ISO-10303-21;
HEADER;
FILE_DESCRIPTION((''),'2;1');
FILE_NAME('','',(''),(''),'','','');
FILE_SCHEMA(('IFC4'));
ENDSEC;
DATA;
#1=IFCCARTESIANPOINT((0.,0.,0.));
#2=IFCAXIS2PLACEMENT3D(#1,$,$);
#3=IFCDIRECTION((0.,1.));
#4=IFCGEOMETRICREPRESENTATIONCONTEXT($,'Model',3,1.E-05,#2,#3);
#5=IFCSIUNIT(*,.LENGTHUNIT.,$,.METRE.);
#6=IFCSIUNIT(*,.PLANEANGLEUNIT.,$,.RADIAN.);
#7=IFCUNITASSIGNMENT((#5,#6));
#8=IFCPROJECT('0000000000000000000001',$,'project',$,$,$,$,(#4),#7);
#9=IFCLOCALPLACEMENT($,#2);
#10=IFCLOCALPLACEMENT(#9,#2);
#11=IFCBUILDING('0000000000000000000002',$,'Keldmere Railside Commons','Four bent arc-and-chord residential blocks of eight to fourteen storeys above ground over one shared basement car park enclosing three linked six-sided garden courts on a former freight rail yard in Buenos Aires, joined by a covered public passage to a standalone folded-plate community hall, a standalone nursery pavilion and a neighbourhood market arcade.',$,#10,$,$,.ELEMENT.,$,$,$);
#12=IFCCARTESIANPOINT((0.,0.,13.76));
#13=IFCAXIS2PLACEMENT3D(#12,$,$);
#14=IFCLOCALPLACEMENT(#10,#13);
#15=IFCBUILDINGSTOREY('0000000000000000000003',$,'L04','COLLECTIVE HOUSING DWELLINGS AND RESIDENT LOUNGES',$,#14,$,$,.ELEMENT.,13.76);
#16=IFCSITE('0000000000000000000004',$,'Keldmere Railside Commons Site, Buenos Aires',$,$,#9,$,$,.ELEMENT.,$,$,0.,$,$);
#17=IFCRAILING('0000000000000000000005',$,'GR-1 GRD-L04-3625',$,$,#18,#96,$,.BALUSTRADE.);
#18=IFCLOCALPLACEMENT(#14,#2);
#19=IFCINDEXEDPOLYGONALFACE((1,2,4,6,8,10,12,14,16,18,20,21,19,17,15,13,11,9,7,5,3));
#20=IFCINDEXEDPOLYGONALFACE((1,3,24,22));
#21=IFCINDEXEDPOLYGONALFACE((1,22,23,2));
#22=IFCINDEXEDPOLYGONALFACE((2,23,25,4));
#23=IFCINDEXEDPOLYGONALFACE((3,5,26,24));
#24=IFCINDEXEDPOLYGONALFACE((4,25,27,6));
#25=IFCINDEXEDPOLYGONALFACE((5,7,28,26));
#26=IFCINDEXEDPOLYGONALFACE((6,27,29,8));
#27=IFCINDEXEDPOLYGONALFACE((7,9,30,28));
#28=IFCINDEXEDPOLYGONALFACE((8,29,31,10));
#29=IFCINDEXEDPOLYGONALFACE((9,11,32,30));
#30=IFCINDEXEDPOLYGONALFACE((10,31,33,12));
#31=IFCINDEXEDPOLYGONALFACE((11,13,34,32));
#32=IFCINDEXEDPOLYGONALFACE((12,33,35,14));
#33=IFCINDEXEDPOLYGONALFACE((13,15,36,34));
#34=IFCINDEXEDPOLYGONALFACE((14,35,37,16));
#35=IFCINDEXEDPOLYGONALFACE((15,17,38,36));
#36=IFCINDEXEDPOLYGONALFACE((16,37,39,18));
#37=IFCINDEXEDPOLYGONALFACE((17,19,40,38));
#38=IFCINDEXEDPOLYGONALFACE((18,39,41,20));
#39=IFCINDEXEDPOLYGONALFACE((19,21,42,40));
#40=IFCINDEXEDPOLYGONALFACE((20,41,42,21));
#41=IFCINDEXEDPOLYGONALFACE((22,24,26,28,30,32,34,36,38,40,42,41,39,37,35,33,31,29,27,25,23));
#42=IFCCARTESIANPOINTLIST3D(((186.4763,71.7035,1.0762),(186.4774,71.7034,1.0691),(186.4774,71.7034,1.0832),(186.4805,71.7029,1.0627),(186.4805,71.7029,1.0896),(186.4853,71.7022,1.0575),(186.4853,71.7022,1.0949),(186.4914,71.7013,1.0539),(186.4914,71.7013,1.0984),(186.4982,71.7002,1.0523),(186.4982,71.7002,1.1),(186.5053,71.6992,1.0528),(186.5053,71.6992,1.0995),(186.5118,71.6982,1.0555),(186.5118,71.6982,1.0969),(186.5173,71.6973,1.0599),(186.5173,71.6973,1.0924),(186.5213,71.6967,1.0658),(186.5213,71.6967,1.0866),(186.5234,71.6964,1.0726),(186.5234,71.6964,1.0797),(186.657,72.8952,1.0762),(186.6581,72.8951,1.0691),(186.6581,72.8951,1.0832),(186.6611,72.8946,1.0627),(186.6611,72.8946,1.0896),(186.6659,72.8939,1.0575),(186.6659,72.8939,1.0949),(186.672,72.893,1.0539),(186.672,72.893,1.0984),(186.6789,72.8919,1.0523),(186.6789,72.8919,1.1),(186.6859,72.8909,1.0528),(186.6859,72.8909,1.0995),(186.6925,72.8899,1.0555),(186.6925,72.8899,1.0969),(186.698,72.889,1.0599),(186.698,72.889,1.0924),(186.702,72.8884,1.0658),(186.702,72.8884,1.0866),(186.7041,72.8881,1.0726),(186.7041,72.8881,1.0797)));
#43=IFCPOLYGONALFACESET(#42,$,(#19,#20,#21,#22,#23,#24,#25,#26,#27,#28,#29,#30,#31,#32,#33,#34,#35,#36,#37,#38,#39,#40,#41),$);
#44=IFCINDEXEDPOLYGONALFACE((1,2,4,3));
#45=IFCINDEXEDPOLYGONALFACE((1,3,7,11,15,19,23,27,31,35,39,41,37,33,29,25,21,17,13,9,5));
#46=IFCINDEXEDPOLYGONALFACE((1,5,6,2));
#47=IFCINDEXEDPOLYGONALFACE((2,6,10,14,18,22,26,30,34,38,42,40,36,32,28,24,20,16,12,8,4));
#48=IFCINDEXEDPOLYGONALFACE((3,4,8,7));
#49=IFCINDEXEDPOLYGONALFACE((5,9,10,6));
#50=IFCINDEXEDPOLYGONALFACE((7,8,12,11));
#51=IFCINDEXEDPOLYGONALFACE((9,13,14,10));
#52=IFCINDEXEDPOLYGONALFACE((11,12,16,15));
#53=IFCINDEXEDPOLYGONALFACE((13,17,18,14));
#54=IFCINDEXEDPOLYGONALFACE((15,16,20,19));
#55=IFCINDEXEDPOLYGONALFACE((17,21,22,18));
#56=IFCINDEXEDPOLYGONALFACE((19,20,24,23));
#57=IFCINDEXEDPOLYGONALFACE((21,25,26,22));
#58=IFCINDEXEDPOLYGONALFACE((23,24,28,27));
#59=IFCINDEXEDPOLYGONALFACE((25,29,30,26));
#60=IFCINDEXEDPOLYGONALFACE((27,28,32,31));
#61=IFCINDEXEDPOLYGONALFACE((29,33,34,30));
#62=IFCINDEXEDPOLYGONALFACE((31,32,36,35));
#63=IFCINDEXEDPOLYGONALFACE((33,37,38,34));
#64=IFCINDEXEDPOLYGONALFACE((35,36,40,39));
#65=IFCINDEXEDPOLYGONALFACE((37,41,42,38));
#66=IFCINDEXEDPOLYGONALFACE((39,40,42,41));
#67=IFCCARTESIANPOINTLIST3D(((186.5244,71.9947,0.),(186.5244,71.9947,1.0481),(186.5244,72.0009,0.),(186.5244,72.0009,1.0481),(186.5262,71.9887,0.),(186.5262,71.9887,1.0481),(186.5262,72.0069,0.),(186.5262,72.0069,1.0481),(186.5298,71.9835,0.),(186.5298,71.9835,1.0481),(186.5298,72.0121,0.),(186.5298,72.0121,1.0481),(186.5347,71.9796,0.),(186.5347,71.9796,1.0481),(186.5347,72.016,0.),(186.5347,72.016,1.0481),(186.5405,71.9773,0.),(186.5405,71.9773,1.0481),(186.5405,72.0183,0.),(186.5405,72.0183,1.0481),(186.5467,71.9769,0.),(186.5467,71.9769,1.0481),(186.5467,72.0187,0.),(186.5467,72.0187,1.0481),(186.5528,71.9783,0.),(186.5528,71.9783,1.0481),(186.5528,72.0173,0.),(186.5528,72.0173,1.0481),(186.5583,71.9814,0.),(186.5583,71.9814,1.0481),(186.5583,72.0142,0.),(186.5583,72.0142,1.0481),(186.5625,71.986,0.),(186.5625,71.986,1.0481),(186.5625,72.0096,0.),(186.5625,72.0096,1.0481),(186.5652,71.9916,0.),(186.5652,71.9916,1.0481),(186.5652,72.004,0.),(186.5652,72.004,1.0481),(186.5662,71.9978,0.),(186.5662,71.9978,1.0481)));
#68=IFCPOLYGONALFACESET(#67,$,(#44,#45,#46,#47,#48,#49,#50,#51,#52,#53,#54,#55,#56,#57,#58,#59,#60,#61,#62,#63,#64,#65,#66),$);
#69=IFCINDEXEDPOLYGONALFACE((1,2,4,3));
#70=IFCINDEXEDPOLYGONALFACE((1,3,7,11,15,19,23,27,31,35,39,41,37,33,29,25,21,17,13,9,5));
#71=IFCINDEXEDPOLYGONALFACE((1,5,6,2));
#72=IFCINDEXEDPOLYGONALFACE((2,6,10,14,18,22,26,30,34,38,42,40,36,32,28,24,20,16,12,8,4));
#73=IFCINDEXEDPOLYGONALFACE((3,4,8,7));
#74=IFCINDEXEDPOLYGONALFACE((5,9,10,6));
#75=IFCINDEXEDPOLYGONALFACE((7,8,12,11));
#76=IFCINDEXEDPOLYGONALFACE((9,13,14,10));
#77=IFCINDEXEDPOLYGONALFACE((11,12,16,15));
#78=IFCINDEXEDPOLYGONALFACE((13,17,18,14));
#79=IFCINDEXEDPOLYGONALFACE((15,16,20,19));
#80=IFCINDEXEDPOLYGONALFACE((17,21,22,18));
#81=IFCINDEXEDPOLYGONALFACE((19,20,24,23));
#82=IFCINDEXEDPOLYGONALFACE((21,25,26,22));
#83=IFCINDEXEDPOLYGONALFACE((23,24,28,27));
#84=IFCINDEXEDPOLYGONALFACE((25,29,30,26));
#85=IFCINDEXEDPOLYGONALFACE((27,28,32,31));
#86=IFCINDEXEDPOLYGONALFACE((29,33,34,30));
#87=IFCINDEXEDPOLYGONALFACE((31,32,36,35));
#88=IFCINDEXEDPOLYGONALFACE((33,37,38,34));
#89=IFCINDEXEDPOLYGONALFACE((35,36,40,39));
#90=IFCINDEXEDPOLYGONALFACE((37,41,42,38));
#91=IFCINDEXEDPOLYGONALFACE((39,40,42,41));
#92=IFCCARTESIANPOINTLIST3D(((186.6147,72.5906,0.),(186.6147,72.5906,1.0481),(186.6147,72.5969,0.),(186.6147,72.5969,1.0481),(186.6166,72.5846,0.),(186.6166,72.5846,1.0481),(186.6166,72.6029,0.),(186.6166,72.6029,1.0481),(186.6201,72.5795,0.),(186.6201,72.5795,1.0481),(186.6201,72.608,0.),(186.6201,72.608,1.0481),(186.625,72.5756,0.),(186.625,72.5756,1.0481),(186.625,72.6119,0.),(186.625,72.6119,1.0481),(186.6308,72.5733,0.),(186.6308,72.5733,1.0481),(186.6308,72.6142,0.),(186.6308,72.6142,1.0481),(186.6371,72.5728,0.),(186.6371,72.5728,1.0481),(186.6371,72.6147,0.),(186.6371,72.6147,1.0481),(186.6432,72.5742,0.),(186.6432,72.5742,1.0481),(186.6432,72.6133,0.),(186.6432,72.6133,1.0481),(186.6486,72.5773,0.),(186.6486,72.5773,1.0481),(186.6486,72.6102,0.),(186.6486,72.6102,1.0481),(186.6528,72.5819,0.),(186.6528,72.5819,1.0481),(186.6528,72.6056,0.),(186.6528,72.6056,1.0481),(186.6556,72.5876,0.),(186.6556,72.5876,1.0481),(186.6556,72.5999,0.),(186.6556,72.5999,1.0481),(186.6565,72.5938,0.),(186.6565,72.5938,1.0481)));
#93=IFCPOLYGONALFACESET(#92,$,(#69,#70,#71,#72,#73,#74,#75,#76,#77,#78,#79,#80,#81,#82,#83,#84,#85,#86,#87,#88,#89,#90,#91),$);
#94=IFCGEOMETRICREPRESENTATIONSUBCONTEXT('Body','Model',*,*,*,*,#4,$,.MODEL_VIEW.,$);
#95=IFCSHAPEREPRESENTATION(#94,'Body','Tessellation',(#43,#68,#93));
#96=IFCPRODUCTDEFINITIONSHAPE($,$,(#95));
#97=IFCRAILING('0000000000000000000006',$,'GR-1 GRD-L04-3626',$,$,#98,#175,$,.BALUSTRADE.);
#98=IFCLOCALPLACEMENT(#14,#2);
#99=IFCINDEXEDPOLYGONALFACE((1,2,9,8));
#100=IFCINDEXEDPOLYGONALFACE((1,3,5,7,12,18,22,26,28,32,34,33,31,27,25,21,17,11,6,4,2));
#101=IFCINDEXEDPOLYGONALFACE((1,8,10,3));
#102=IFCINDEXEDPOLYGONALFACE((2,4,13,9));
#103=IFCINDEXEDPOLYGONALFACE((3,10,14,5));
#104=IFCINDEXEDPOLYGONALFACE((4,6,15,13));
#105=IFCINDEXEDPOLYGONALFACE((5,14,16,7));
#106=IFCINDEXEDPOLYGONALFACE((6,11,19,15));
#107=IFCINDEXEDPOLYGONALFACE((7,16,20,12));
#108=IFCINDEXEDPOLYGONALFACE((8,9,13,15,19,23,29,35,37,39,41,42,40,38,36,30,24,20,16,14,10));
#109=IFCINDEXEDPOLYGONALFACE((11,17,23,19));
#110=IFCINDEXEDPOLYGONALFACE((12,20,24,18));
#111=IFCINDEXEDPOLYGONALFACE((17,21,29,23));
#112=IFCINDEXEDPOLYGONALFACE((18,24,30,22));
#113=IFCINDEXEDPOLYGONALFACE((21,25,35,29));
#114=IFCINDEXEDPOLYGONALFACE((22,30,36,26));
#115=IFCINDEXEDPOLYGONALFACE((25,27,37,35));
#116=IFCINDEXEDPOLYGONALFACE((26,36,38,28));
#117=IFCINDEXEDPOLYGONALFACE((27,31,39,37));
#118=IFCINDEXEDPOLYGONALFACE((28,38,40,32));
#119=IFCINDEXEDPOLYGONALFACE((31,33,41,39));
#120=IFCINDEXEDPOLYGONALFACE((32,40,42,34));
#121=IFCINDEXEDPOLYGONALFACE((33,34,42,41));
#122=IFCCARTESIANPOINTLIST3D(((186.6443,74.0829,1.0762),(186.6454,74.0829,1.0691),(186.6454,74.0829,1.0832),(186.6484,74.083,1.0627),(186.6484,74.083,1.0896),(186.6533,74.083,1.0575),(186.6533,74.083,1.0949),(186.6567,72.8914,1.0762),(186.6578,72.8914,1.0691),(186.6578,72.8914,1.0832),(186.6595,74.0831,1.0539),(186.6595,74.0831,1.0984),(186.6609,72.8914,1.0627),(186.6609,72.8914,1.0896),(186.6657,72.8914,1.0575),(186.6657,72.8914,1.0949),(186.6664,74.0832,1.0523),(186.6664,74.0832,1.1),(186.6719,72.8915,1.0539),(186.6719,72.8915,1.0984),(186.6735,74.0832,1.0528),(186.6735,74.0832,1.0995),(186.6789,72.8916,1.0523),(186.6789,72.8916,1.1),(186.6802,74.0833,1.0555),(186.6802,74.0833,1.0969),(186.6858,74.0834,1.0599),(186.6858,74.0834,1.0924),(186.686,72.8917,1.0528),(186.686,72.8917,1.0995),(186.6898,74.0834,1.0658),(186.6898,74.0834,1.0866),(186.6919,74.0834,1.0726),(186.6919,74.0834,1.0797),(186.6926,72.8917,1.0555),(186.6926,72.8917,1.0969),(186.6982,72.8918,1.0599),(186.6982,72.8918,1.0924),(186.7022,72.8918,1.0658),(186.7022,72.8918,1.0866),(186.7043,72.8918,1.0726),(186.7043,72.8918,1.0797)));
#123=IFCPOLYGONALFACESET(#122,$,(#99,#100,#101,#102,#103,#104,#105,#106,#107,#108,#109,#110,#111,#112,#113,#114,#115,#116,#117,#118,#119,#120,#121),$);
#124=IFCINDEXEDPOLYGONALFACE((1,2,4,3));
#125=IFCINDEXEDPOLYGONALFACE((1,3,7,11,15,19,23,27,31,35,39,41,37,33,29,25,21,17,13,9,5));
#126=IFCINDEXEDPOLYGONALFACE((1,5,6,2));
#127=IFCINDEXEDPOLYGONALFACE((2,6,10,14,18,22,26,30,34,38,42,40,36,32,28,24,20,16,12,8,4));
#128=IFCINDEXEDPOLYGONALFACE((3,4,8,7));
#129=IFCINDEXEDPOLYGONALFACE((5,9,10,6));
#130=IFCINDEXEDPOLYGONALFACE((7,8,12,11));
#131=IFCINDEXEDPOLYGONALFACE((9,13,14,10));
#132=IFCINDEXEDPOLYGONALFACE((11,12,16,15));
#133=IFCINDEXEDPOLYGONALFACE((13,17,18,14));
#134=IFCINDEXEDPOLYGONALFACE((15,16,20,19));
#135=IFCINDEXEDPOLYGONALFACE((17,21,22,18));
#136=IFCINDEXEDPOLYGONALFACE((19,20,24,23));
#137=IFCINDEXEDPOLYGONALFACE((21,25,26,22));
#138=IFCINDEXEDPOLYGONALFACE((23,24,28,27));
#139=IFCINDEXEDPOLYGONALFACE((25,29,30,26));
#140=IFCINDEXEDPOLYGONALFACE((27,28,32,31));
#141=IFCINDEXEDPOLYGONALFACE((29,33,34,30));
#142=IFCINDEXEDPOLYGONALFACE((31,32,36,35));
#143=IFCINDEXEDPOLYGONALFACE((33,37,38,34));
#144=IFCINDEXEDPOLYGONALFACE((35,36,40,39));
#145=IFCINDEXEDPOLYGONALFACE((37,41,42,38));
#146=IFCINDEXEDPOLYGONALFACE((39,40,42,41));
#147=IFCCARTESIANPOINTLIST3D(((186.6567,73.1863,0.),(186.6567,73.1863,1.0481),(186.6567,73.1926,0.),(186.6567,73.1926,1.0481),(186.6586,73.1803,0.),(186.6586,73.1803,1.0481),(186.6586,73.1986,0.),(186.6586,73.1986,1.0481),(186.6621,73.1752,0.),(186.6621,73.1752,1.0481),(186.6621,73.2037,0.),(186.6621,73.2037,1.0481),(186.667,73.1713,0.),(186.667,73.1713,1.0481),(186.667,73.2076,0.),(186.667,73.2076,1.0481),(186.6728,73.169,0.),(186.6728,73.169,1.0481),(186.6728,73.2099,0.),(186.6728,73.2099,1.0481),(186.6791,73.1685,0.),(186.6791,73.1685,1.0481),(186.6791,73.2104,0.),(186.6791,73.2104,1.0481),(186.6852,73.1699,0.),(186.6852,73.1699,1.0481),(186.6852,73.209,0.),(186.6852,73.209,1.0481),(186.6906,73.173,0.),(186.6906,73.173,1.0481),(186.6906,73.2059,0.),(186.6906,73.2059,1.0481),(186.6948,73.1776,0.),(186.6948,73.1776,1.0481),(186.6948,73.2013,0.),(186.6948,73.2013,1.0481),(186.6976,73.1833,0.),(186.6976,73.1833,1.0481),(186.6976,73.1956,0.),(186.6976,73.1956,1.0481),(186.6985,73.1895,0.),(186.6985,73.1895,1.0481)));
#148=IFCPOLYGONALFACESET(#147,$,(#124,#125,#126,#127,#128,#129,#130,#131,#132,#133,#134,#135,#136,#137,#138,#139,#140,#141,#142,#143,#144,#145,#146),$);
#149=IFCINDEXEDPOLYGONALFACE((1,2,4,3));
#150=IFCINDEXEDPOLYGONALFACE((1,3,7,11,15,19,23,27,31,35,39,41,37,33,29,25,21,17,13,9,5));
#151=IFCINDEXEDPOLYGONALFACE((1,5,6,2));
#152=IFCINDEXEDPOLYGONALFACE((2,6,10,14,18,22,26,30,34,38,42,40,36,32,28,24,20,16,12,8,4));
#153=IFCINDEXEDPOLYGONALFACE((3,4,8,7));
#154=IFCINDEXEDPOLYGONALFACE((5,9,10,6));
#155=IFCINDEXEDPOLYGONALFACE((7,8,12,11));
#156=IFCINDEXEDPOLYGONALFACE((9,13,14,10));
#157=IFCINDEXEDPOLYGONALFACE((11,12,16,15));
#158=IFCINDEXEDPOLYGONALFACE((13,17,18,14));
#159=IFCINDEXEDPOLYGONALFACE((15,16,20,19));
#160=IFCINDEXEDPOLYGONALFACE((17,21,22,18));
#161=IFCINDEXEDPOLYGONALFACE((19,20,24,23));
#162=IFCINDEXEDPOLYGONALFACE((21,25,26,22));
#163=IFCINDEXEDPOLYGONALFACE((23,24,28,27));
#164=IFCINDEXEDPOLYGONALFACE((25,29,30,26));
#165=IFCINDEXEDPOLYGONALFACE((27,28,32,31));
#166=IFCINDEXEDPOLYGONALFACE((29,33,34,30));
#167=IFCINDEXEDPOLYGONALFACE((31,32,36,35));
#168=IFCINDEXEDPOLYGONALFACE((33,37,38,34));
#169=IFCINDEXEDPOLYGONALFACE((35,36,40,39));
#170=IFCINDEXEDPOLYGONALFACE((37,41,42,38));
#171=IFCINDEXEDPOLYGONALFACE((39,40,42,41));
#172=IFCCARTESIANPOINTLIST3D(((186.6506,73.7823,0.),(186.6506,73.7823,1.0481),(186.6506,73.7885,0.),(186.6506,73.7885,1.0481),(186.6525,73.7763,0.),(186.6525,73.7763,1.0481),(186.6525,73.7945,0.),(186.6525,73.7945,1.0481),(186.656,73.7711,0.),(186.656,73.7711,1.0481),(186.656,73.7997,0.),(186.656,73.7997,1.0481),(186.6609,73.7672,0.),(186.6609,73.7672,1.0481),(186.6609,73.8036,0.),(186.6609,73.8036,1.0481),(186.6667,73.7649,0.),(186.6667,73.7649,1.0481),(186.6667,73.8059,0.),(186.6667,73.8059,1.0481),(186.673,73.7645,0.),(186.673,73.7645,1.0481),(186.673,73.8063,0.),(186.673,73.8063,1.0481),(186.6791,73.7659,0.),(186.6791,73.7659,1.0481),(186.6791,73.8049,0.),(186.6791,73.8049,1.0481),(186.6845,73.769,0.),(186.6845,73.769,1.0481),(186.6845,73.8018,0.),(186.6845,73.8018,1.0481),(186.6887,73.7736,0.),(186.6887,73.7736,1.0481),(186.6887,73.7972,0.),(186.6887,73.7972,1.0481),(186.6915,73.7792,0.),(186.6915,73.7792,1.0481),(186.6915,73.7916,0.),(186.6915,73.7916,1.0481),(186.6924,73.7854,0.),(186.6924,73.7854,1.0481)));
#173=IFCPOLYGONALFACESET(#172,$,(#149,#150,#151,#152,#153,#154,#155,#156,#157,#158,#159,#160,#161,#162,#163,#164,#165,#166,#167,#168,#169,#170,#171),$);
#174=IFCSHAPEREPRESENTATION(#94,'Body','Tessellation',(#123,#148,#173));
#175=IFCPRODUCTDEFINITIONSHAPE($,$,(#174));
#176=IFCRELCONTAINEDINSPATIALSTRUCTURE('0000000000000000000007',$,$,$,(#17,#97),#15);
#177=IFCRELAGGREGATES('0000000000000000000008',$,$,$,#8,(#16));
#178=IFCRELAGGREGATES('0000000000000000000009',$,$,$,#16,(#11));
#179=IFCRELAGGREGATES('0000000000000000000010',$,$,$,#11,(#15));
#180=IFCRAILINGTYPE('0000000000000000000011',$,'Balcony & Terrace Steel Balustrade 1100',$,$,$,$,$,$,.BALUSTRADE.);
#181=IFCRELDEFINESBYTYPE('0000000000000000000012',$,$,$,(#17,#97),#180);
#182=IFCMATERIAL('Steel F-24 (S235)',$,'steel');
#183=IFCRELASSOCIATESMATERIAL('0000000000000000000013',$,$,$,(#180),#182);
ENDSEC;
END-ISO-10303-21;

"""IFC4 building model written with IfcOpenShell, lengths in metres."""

from ifc_helpers import new_model, si_unit, direction, frame, origin, origin_2d, place, context, subcontext, project, spatial, circle, extrude, material, type_object, element, save


model = new_model("IFC4")

# Units and contexts
model_context = context("Model", 3, precision=1e-05, world=origin(), true_north=direction((0.0, 1.0)))
body_context = subcontext(model_context, "Body", "Model", "MODEL_VIEW")
ifc_project = project(units=[si_unit("LENGTHUNIT", "METRE"), si_unit("PLANEANGLEUNIT", "RADIAN")], contexts=[model_context])

# Site, building, storey
site_placement = place(None, origin())
site = spatial("IfcSite", under=ifc_project, at=site_placement, Name="Keldmere Railside Commons Site, Buenos Aires", CompositionType="ELEMENT", RefElevation=0.0)
building_placement = place(site_placement, origin())
building = spatial("IfcBuilding", under=site, at=building_placement, Name="Keldmere Railside Commons", Description="Four bent arc-and-chord residential blocks of eight to fourteen storeys above ground over one shared basement car park enclosing three linked six-sided garden courts on a former freight rail yard in Buenos Aires, joined by a covered public passage to a standalone folded-plate community hall, a standalone nursery pavilion and a neighbourhood market arcade.", CompositionType="ELEMENT")
storey_placement = place(building_placement, frame((0.0, 0.0, 13.76)))
storey = spatial("IfcBuildingStorey", under=building, at=storey_placement, Name="L04", Description="COLLECTIVE HOUSING DWELLINGS AND RESIDENT LOUNGES", CompositionType="ELEMENT", Elevation=13.76)

# Shared definitions
ifc_material_1 = material(Name="Steel F-24 (S235)", Category="steel")

# Railings
railing_type_1 = type_object("IfcRailingType", Name="Balcony & Terrace Steel Balustrade 1100", PredefinedType="BALUSTRADE", material=ifc_material_1)
railing_1_placement = place(storey_placement, frame((186.5, 71.7, 0.0)))
element("IfcRailing", 1, at=railing_1_placement, inside=storey, type_object=railing_type_1, Name="GR-1 GRD-L04-3625", PredefinedType="BALUSTRADE", context=body_context, shape_type="SweptSolid", body=[
    extrude(circle(Radius=0.0239, at=origin_2d()), frame((0.0, 0.0, 1.0762), z_axis=(0.149895, 0.988702, 0.0), x_axis=(-0.988702, 0.149895, 0.0)), (0.0, 0.0, 1.0), 1.2053),
    extrude(circle(Radius=0.021, at=origin_2d()), frame((0.0452, 0.2979, 0.0)), (0.0, 0.0, 1.0), 1.0481),
    extrude(circle(Radius=0.021, at=origin_2d()), frame((0.1355, 0.8938, 0.0)), (0.0, 0.0, 1.0), 1.0481),
])
railing_2_placement = place(storey_placement, frame((186.6807, 72.8916, 0.0)))
element("IfcRailing", 2, at=railing_2_placement, inside=storey, type_object=railing_type_1, Name="GR-1 GRD-L04-3626", PredefinedType="BALUSTRADE", context=body_context, shape_type="SweptSolid", body=[
    extrude(circle(Radius=0.0239, at=origin_2d()), frame((0.0, 0.0, 1.0762), z_axis=(-0.010448, 0.999945, 0.0), x_axis=(-0.999945, -0.010448, 0.0)), (0.0, 0.0, 1.0), 1.1917),
    extrude(circle(Radius=0.021, at=origin_2d()), frame((-0.0032, 0.2979, 0.0)), (0.0, 0.0, 1.0), 1.0481),
    extrude(circle(Radius=0.021, at=origin_2d()), frame((-0.0093, 0.8938, 0.0)), (0.0, 0.0, 1.0), 1.0481),
])

save(model, "model.ifc")
